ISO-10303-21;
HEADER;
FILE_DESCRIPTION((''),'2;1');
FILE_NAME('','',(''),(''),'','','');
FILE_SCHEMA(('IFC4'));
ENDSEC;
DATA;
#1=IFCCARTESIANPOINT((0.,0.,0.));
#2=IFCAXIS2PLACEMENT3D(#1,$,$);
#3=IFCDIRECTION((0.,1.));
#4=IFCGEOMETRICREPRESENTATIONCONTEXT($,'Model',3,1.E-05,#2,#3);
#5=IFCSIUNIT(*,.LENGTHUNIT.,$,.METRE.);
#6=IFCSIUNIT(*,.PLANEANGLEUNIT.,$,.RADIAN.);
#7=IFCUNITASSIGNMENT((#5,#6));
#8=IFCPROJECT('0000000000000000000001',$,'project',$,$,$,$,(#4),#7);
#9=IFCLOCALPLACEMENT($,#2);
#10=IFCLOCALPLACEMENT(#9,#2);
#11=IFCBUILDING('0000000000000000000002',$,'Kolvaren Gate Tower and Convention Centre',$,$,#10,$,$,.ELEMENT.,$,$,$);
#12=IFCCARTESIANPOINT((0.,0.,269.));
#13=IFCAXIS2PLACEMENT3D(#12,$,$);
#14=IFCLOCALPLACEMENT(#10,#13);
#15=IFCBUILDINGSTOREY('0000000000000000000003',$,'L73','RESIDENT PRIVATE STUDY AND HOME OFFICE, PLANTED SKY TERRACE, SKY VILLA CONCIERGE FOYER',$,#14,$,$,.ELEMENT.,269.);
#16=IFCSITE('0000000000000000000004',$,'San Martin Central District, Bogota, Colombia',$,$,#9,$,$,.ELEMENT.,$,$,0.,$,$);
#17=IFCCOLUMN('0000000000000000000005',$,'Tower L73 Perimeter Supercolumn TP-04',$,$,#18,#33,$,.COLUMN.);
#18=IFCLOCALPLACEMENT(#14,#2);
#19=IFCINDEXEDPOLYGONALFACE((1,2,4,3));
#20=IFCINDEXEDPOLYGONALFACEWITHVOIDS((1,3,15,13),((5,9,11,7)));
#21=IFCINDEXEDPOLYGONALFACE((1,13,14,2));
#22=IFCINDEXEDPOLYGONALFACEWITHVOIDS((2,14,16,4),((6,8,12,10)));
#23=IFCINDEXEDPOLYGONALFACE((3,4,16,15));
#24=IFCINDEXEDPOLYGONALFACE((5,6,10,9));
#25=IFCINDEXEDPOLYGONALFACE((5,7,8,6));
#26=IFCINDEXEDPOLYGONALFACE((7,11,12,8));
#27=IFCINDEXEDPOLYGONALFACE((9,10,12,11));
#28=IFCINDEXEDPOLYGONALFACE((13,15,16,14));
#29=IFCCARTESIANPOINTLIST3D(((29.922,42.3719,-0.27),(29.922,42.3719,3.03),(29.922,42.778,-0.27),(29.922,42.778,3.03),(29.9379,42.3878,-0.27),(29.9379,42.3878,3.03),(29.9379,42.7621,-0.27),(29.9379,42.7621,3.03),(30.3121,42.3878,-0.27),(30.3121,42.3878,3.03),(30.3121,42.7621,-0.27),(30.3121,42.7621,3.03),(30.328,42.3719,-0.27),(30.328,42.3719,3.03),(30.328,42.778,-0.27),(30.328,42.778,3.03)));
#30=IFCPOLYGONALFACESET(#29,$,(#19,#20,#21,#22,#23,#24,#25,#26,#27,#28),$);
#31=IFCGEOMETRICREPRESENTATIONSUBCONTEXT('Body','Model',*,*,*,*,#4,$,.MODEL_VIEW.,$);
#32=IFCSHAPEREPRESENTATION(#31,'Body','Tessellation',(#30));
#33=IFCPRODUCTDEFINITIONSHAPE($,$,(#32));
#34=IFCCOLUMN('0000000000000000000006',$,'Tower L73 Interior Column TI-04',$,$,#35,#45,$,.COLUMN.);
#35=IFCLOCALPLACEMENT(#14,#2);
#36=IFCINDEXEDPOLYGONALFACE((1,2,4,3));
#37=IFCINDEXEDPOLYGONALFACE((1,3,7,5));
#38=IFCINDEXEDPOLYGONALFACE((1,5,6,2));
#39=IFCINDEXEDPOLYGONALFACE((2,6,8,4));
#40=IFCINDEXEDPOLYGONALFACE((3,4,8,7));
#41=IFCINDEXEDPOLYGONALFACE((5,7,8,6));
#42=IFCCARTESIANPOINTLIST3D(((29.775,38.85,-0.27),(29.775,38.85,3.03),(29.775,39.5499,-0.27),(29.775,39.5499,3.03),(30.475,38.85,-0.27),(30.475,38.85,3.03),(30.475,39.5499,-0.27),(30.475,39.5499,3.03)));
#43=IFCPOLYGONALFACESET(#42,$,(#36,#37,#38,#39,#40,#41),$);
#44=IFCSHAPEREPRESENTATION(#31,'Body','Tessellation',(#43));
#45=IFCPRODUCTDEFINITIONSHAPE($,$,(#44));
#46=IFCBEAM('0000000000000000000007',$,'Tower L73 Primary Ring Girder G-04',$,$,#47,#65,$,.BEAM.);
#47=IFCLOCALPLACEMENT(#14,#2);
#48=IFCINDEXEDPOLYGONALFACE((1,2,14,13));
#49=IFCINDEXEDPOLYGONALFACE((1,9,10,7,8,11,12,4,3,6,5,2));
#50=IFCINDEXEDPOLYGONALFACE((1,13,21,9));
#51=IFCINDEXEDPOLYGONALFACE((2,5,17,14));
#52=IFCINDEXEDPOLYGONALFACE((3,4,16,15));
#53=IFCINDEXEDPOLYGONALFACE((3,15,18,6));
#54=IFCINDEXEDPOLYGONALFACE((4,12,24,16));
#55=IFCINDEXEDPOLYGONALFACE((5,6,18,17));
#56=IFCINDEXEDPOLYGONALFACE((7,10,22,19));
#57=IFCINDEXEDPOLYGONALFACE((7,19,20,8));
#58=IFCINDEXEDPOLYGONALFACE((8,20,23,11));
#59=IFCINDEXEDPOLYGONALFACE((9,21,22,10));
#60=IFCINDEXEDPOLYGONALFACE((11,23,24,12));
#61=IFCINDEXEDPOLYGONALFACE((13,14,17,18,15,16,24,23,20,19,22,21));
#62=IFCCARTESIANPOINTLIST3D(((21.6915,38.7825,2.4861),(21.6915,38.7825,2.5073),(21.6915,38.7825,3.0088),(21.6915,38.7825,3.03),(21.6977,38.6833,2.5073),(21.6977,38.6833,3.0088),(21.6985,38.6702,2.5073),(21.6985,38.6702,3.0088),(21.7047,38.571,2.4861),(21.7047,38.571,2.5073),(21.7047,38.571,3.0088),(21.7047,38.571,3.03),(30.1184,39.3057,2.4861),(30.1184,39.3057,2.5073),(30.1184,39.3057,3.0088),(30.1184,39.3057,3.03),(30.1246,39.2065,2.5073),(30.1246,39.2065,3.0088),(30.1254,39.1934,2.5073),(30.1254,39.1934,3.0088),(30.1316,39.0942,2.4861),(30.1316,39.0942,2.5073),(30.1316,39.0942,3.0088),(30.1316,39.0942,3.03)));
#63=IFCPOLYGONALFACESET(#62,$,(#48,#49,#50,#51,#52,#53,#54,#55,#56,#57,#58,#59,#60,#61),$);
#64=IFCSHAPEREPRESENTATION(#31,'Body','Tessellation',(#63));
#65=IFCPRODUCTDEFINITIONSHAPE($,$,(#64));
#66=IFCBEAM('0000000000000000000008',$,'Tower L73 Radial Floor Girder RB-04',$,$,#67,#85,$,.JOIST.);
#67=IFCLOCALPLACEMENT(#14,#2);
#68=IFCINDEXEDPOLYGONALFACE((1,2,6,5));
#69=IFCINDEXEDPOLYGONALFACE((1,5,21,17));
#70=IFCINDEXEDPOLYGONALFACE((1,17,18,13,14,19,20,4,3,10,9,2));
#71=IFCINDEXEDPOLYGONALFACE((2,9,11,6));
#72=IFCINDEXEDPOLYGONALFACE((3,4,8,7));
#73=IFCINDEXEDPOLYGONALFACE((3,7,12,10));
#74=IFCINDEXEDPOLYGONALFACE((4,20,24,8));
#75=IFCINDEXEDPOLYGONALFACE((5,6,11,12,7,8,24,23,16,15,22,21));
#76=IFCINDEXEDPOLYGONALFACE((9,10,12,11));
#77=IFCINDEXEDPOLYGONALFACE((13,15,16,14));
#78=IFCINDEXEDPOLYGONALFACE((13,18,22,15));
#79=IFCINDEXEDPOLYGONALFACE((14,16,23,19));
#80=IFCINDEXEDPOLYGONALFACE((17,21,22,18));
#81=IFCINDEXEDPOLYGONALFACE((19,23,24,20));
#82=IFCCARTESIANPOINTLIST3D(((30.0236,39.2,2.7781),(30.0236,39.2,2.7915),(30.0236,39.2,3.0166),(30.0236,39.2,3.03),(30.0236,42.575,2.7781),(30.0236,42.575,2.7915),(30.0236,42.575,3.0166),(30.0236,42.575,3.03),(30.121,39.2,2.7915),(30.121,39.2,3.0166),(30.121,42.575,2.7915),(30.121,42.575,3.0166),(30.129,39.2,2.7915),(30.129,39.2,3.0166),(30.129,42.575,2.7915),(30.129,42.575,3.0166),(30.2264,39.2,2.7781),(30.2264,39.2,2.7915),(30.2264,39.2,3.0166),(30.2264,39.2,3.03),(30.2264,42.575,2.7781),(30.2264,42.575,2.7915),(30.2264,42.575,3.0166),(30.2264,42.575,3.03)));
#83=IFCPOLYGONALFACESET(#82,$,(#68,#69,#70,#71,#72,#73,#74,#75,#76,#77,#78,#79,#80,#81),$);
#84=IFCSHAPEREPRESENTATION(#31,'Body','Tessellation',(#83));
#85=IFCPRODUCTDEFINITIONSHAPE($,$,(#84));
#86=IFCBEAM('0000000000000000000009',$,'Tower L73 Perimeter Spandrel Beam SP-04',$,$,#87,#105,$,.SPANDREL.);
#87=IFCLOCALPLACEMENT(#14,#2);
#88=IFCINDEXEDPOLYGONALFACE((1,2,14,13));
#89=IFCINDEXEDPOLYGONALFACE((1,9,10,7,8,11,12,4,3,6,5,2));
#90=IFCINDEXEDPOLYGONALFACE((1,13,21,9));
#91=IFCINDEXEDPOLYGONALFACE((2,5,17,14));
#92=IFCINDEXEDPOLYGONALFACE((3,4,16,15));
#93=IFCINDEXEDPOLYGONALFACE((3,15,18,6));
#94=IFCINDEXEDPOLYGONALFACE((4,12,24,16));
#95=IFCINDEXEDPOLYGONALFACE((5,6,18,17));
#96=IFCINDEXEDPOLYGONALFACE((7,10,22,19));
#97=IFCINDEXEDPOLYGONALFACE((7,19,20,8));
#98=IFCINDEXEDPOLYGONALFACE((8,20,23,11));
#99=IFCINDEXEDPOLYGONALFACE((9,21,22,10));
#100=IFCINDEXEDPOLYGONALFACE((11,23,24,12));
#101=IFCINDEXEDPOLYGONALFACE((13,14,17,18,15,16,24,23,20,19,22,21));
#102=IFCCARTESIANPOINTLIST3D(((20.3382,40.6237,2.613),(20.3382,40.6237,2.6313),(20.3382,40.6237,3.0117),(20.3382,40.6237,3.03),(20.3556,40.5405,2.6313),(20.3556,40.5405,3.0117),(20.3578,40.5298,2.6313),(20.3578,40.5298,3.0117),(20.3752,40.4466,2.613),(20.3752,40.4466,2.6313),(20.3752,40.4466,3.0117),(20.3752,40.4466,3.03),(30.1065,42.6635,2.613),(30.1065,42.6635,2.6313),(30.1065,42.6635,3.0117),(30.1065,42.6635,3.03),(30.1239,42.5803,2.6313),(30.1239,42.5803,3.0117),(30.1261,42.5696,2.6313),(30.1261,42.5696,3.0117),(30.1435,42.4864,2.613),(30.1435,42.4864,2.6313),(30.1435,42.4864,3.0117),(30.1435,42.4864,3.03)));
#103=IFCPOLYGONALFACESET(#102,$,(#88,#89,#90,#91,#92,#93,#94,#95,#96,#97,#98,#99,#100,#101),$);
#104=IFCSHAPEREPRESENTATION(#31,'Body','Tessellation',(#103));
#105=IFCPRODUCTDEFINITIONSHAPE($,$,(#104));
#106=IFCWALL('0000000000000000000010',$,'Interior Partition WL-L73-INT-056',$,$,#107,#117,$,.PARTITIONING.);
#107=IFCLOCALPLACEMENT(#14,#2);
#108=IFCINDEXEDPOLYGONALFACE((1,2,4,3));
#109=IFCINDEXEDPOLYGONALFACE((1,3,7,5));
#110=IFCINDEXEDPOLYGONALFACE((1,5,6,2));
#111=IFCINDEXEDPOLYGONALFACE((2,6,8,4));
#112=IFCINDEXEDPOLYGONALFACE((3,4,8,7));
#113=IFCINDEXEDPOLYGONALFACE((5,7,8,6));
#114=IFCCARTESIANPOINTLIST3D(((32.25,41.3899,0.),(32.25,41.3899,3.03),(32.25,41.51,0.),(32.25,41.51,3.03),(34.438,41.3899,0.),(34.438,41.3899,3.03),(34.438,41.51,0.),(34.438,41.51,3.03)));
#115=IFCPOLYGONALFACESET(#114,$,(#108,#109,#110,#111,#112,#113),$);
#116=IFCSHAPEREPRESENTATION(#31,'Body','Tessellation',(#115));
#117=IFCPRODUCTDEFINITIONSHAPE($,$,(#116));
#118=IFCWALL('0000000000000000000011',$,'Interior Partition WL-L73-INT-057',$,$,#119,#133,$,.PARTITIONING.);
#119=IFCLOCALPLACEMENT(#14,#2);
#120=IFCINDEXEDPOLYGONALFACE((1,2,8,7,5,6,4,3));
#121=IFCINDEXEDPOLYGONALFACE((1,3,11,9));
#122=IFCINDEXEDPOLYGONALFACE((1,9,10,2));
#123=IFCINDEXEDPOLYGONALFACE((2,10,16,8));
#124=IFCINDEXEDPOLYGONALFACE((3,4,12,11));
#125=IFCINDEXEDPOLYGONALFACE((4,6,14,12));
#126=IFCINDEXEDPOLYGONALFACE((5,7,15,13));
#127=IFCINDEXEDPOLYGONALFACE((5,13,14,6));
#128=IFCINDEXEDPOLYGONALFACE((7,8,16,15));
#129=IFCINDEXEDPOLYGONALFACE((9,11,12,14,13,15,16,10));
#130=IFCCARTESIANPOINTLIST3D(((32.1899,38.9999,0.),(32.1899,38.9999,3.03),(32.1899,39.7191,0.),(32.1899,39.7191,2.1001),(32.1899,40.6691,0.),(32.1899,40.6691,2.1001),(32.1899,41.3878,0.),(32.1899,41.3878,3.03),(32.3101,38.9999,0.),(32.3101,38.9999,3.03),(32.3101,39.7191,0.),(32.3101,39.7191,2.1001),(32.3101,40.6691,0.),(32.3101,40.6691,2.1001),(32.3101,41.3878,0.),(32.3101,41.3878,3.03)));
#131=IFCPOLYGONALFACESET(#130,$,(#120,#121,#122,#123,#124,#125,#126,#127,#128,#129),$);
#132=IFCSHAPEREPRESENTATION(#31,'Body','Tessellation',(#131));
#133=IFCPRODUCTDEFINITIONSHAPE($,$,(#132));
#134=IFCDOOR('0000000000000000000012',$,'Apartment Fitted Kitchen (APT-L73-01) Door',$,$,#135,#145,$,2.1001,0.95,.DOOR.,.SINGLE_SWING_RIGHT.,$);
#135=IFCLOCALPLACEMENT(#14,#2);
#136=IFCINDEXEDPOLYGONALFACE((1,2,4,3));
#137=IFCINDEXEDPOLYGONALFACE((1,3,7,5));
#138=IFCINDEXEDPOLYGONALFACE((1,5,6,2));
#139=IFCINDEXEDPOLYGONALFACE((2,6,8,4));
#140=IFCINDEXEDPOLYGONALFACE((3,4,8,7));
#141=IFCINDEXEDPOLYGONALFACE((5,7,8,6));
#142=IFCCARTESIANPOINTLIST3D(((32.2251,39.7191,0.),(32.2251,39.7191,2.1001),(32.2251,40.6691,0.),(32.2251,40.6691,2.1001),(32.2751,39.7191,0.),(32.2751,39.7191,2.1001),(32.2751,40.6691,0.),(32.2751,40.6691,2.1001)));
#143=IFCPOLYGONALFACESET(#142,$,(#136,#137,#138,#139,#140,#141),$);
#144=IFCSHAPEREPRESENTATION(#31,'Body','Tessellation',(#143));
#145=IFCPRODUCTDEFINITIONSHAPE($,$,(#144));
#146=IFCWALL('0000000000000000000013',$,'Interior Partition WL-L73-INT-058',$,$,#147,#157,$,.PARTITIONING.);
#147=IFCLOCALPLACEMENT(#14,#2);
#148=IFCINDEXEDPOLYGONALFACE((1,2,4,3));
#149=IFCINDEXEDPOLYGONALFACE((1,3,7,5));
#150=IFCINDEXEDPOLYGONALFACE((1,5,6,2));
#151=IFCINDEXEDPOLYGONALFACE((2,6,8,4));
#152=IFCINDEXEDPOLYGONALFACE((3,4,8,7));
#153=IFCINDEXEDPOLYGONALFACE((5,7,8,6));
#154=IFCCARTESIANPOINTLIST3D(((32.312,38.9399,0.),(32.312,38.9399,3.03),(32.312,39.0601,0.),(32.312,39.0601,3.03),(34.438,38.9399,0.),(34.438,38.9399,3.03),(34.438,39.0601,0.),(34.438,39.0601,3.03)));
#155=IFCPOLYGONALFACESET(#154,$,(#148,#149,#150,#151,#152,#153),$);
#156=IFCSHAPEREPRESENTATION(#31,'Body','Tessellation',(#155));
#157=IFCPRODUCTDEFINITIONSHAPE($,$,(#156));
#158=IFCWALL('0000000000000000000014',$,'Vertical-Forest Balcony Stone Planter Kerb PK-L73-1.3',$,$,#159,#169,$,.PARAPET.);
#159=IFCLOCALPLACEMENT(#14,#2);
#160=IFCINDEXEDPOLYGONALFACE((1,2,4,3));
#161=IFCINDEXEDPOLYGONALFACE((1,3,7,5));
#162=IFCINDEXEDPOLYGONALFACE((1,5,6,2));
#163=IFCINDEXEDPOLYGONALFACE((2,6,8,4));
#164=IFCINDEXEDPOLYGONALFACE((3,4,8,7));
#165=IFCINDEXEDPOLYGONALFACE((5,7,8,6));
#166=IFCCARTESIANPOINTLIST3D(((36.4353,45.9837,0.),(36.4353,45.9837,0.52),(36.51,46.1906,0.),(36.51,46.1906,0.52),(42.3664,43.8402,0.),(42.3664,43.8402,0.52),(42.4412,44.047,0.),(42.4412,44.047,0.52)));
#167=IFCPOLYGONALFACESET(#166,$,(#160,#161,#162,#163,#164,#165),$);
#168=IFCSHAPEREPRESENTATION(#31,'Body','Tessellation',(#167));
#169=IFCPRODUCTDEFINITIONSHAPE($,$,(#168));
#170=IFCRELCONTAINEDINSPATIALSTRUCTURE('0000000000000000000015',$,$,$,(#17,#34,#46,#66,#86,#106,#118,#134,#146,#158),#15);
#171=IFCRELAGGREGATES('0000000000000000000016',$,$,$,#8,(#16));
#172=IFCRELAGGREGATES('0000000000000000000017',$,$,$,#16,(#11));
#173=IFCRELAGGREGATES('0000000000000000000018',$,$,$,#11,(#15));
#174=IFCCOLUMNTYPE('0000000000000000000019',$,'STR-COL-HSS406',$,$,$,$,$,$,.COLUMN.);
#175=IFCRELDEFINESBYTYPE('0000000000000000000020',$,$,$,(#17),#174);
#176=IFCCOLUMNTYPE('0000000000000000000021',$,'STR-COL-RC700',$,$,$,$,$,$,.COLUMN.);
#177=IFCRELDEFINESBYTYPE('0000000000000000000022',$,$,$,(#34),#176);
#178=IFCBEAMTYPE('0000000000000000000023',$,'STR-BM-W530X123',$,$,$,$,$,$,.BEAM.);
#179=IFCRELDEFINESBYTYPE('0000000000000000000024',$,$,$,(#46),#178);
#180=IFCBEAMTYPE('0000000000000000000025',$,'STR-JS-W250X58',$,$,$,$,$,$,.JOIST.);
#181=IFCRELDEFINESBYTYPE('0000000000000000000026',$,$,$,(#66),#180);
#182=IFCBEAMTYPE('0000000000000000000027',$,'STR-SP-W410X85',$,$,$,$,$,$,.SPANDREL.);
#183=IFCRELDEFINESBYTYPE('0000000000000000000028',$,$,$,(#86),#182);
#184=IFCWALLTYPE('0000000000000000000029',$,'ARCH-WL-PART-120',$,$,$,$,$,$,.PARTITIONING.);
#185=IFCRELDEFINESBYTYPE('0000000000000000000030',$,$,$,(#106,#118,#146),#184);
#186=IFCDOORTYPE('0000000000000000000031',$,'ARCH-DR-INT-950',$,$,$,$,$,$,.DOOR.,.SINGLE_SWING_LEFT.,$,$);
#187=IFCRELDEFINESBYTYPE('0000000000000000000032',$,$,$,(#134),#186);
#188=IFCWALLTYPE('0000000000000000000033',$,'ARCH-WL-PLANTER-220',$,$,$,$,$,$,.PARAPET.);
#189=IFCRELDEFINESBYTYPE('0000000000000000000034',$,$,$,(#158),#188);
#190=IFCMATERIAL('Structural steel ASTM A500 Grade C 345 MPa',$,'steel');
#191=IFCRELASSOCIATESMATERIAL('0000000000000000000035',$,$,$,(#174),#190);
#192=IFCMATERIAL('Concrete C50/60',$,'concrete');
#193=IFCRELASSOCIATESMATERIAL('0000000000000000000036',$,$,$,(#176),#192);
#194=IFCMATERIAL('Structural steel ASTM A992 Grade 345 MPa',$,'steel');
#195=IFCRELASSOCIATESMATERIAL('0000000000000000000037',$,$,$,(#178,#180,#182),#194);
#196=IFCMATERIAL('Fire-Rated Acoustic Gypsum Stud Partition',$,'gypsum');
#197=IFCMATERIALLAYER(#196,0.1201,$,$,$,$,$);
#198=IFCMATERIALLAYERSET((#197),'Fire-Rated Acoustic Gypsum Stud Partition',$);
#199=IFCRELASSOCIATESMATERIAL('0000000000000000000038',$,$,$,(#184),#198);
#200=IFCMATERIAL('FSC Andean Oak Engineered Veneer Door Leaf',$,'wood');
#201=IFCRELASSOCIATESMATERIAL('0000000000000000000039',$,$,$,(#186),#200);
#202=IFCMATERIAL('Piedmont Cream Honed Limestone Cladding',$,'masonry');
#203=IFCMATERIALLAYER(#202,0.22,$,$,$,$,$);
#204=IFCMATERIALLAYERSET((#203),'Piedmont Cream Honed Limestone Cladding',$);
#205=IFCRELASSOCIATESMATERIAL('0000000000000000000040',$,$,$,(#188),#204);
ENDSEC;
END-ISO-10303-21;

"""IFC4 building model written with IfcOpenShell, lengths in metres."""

from ifc_helpers import new_model, si_unit, direction, frame, frame_2d, origin, origin_2d, place, context, subcontext, project, spatial, rectangle, hollow_rectangle, i_section, extrude, material, layer, layer_set, material_profile, profile_set, type_object, element, fill, save


model = new_model("IFC4")

# Units and contexts
model_context = context("Model", 3, precision=1e-05, world=origin(), true_north=direction((0.0, 1.0)))
body_context = subcontext(model_context, "Body", "Model", "MODEL_VIEW")
ifc_project = project(units=[si_unit("LENGTHUNIT", "METRE"), si_unit("PLANEANGLEUNIT", "RADIAN")], contexts=[model_context])

# Site, building, storey
site_placement = place(None, origin())
site = spatial("IfcSite", under=ifc_project, at=site_placement, Name="San Martin Central District, Bogota, Colombia", CompositionType="ELEMENT", RefElevation=0.0)
building_placement = place(site_placement, origin())
building = spatial("IfcBuilding", under=site, at=building_placement, Name="Kolvaren Gate Tower and Convention Centre", CompositionType="ELEMENT")
storey_placement = place(building_placement, frame((0.0, 0.0, 269.0)))
storey = spatial("IfcBuildingStorey", under=building, at=storey_placement, Name="L73", Description="RESIDENT PRIVATE STUDY AND HOME OFFICE, PLANTED SKY TERRACE, SKY VILLA CONCIERGE FOYER", CompositionType="ELEMENT", Elevation=269.0)

# Columns
ifc_material_1 = material(Name="Structural steel ASTM A500 Grade C 345 MPa", Category="steel")
ifc_material_profile_1 = material_profile(ifc_material_1, hollow_rectangle(XDim=0.406, YDim=0.406, WallThickness=0.0159, at=origin_2d()), Name="HSS406X406X15.9")
ifc_profile_set_1 = profile_set([ifc_material_profile_1], Name="Structural steel ASTM A500 Grade C 345 MPa")
column_type_1 = type_object("IfcColumnType", Name="STR-COL-HSS406", PredefinedType="COLUMN", material=ifc_profile_set_1)
column_1_placement = place(storey_placement, frame((30.125, 42.575, -0.27), z_axis=(0.0, 0.0, 1.0), x_axis=(1.0, 0.0, 0.0)))
element("IfcColumn", 1, at=column_1_placement, inside=storey, type_object=column_type_1, Name="Tower L73 Perimeter Supercolumn TP-04", PredefinedType="COLUMN", context=body_context, shape_type="SweptSolid", body=[
    extrude(hollow_rectangle(XDim=0.406, YDim=0.406, WallThickness=0.0159, at=origin_2d()), origin(), (0.0, 0.0, 1.0), 3.3),
])
ifc_material_2 = material(Name="Concrete C50/60", Category="concrete")
ifc_material_profile_2 = material_profile(ifc_material_2, rectangle(XDim=0.7, YDim=0.7, at=origin_2d()), Name="RC-COL-700X700")
ifc_profile_set_2 = profile_set([ifc_material_profile_2], Name="Concrete C50/60")
column_type_2 = type_object("IfcColumnType", Name="STR-COL-RC700", PredefinedType="COLUMN", material=ifc_profile_set_2)
column_2_placement = place(storey_placement, frame((30.125, 39.2, -0.27), z_axis=(0.0, 0.0, 1.0), x_axis=(1.0, 0.0, 0.0)))
element("IfcColumn", 2, at=column_2_placement, inside=storey, type_object=column_type_2, Name="Tower L73 Interior Column TI-04", PredefinedType="COLUMN", context=body_context, shape_type="SweptSolid", body=[
    extrude(rectangle(XDim=0.7, YDim=0.7, at=origin_2d()), origin(), (0.0, 0.0, 1.0), 3.3),
])

# Beams
ifc_material_3 = material(Name="Structural steel ASTM A992 Grade 345 MPa", Category="steel")
ifc_material_profile_3 = material_profile(ifc_material_3, i_section(OverallWidth=0.2119, OverallDepth=0.5439, WebThickness=0.0132, FlangeThickness=0.0212, at=origin_2d()), Name="W530X123")
ifc_profile_set_3 = profile_set([ifc_material_profile_3], Name="Structural steel ASTM A992 Grade 345 MPa")
beam_type_1 = type_object("IfcBeamType", Name="STR-BM-W530X123", PredefinedType="BEAM", material=ifc_profile_set_3)
beam_1_placement = place(storey_placement, frame((30.125, 39.2, 2.7581), z_axis=(-0.998078, -0.061966, 0.0), x_axis=(0.061966, -0.998078, 0.0)))
element("IfcBeam", 3, at=beam_1_placement, inside=storey, type_object=beam_type_1, Name="Tower L73 Primary Ring Girder G-04", PredefinedType="BEAM", context=body_context, shape_type="SweptSolid", body=[
    extrude(i_section(OverallWidth=0.2119, OverallDepth=0.5439, WebThickness=0.0132, FlangeThickness=0.0212, at=origin_2d()), origin(), (0.0, 0.0, 1.0), 8.4431),
])
ifc_material_profile_4 = material_profile(ifc_material_3, i_section(OverallWidth=0.2029, OverallDepth=0.252, WebThickness=0.0081, FlangeThickness=0.0134, at=origin_2d()), Name="W250X58")
ifc_profile_set_4 = profile_set([ifc_material_profile_4], Name="Structural steel ASTM A992 Grade 345 MPa")
beam_type_2 = type_object("IfcBeamType", Name="STR-JS-W250X58", PredefinedType="JOIST", material=ifc_profile_set_4)
beam_2_placement = place(storey_placement, frame((30.125, 39.2, 2.9041), z_axis=(0.0, 1.0, 0.0), x_axis=(-1.0, 0.0, 0.0)))
element("IfcBeam", 4, at=beam_2_placement, inside=storey, type_object=beam_type_2, Name="Tower L73 Radial Floor Girder RB-04", PredefinedType="JOIST", context=body_context, shape_type="SweptSolid", body=[
    extrude(i_section(OverallWidth=0.2029, OverallDepth=0.252, WebThickness=0.0081, FlangeThickness=0.0134, at=origin_2d()), origin(), (0.0, 0.0, 1.0), 3.375),
])
ifc_material_profile_5 = material_profile(ifc_material_3, i_section(OverallWidth=0.1809, OverallDepth=0.417, WebThickness=0.011, FlangeThickness=0.0183, at=origin_2d()), Name="W410X85")
ifc_profile_set_5 = profile_set([ifc_material_profile_5], Name="Structural steel ASTM A992 Grade 345 MPa")
beam_type_3 = type_object("IfcBeamType", Name="STR-SP-W410X85", PredefinedType="SPANDREL", material=ifc_profile_set_5)
beam_3_placement = place(storey_placement, frame((30.125, 42.575, 2.8215), z_axis=(-0.978886, -0.204409, 0.0), x_axis=(0.204409, -0.978886, 0.0)))
element("IfcBeam", 5, at=beam_3_placement, inside=storey, type_object=beam_type_3, Name="Tower L73 Perimeter Spandrel Beam SP-04", PredefinedType="SPANDREL", context=body_context, shape_type="SweptSolid", body=[
    extrude(i_section(OverallWidth=0.1809, OverallDepth=0.417, WebThickness=0.011, FlangeThickness=0.0183, at=origin_2d()), origin(), (0.0, 0.0, 1.0), 9.979),
])

# Wall
ifc_material_4 = material(Name="Fire-Rated Acoustic Gypsum Stud Partition", Category="gypsum")
ifc_layer_1 = layer(ifc_material_4, 0.1201)
ifc_layer_set_1 = layer_set([ifc_layer_1], Name="Fire-Rated Acoustic Gypsum Stud Partition")
wall_type_1 = type_object("IfcWallType", Name="ARCH-WL-PART-120", PredefinedType="PARTITIONING", material=ifc_layer_set_1)
wall_1_placement = place(storey_placement, frame((32.25, 41.45, 0.0), z_axis=(0.0, 0.0, 1.0), x_axis=(1.0, 0.0, 0.0)))
element("IfcWall", 6, at=wall_1_placement, inside=storey, type_object=wall_type_1, Name="Interior Partition WL-L73-INT-056", PredefinedType="PARTITIONING", context=body_context, shape_type="SweptSolid", body=[
    extrude(rectangle(XDim=2.188, YDim=0.1201, at=frame_2d((1.094, 0.0))), origin(), (0.0, 0.0, 1.0), 3.03),
])

# Wall, opening, door
wall_2_placement = place(storey_placement, frame((32.25, 39.0, 0.0), z_axis=(0.0, 0.0, 1.0), x_axis=(0.0, 1.0, 0.0)))
wall_2 = element("IfcWall", 7, at=wall_2_placement, inside=storey, type_object=wall_type_1, Name="Interior Partition WL-L73-INT-057", PredefinedType="PARTITIONING", context=body_context, shape_type="SweptSolid", body=[
    extrude(rectangle(XDim=2.3879, YDim=0.1201, at=frame_2d((1.1938, 0.0))), origin(), (0.0, 0.0, 1.0), 3.03),
])
opening_1_placement = place(wall_2_placement, frame((0.719, 0.0, 0.0)))
opening_1 = element("IfcOpeningElement", 8, at=opening_1_placement, cuts=wall_2, PredefinedType="OPENING", context=body_context, shape_type="SweptSolid", body=[
    extrude(rectangle(XDim=0.95, YDim=2.1001, at=frame_2d((0.4751, 1.05))), frame((0.0, 0.0701, 0.0), z_axis=(0.0, -1.0, 0.0), x_axis=(1.0, 0.0, 0.0)), (0.0, 0.0, 1.0), 0.1401),
])
ifc_material_5 = material(Name="FSC Andean Oak Engineered Veneer Door Leaf", Category="wood")
door_type = type_object("IfcDoorType", Name="ARCH-DR-INT-950", OperationType="SINGLE_SWING_LEFT", PredefinedType="DOOR", material=ifc_material_5)
door_placement = place(opening_1_placement, origin())
door = element("IfcDoor", 9, at=door_placement, inside=storey, type_object=door_type, Name="Apartment Fitted Kitchen (APT-L73-01) Door", OperationType="SINGLE_SWING_RIGHT", OverallHeight=2.1001, OverallWidth=0.95, PredefinedType="DOOR", context=body_context, shape_type="SweptSolid", body=[
    extrude(rectangle(XDim=0.95, YDim=2.1001, at=frame_2d((0.4751, 1.05))), frame((0.0, 0.0249, 0.0), z_axis=(0.0, -1.0, 0.0), x_axis=(1.0, 0.0, 0.0)), (0.0, 0.0, 1.0), 0.05),
])
fill(opening_1, door)

# Walls
wall_3_placement = place(storey_placement, frame((32.312, 39.0, 0.0), z_axis=(0.0, 0.0, 1.0), x_axis=(1.0, 0.0, 0.0)))
element("IfcWall", 10, at=wall_3_placement, inside=storey, type_object=wall_type_1, Name="Interior Partition WL-L73-INT-058", PredefinedType="PARTITIONING", context=body_context, shape_type="SweptSolid", body=[
    extrude(rectangle(XDim=2.126, YDim=0.1201, at=frame_2d((1.063, 0.0))), origin(), (0.0, 0.0, 1.0), 3.03),
])
ifc_material_6 = material(Name="Piedmont Cream Honed Limestone Cladding", Category="masonry")
ifc_layer_2 = layer(ifc_material_6, 0.22)
ifc_layer_set_2 = layer_set([ifc_layer_2], Name="Piedmont Cream Honed Limestone Cladding")
wall_type_2 = type_object("IfcWallType", Name="ARCH-WL-PLANTER-220", PredefinedType="PARAPET", material=ifc_layer_set_2)
wall_4_placement = place(storey_placement, frame((36.4727, 46.0872, 0.0), z_axis=(0.0, 0.0, 1.0), x_axis=(0.940465, -0.33989, 0.0)))
element("IfcWall", 11, at=wall_4_placement, inside=storey, type_object=wall_type_2, Name="Vertical-Forest Balcony Stone Planter Kerb PK-L73-1.3", PredefinedType="PARAPET", context=body_context, shape_type="SweptSolid", body=[
    extrude(rectangle(XDim=6.3066, YDim=0.22, at=frame_2d((3.1533, 0.0))), origin(), (0.0, 0.0, 1.0), 0.52),
])

save(model, "model.ifc")
